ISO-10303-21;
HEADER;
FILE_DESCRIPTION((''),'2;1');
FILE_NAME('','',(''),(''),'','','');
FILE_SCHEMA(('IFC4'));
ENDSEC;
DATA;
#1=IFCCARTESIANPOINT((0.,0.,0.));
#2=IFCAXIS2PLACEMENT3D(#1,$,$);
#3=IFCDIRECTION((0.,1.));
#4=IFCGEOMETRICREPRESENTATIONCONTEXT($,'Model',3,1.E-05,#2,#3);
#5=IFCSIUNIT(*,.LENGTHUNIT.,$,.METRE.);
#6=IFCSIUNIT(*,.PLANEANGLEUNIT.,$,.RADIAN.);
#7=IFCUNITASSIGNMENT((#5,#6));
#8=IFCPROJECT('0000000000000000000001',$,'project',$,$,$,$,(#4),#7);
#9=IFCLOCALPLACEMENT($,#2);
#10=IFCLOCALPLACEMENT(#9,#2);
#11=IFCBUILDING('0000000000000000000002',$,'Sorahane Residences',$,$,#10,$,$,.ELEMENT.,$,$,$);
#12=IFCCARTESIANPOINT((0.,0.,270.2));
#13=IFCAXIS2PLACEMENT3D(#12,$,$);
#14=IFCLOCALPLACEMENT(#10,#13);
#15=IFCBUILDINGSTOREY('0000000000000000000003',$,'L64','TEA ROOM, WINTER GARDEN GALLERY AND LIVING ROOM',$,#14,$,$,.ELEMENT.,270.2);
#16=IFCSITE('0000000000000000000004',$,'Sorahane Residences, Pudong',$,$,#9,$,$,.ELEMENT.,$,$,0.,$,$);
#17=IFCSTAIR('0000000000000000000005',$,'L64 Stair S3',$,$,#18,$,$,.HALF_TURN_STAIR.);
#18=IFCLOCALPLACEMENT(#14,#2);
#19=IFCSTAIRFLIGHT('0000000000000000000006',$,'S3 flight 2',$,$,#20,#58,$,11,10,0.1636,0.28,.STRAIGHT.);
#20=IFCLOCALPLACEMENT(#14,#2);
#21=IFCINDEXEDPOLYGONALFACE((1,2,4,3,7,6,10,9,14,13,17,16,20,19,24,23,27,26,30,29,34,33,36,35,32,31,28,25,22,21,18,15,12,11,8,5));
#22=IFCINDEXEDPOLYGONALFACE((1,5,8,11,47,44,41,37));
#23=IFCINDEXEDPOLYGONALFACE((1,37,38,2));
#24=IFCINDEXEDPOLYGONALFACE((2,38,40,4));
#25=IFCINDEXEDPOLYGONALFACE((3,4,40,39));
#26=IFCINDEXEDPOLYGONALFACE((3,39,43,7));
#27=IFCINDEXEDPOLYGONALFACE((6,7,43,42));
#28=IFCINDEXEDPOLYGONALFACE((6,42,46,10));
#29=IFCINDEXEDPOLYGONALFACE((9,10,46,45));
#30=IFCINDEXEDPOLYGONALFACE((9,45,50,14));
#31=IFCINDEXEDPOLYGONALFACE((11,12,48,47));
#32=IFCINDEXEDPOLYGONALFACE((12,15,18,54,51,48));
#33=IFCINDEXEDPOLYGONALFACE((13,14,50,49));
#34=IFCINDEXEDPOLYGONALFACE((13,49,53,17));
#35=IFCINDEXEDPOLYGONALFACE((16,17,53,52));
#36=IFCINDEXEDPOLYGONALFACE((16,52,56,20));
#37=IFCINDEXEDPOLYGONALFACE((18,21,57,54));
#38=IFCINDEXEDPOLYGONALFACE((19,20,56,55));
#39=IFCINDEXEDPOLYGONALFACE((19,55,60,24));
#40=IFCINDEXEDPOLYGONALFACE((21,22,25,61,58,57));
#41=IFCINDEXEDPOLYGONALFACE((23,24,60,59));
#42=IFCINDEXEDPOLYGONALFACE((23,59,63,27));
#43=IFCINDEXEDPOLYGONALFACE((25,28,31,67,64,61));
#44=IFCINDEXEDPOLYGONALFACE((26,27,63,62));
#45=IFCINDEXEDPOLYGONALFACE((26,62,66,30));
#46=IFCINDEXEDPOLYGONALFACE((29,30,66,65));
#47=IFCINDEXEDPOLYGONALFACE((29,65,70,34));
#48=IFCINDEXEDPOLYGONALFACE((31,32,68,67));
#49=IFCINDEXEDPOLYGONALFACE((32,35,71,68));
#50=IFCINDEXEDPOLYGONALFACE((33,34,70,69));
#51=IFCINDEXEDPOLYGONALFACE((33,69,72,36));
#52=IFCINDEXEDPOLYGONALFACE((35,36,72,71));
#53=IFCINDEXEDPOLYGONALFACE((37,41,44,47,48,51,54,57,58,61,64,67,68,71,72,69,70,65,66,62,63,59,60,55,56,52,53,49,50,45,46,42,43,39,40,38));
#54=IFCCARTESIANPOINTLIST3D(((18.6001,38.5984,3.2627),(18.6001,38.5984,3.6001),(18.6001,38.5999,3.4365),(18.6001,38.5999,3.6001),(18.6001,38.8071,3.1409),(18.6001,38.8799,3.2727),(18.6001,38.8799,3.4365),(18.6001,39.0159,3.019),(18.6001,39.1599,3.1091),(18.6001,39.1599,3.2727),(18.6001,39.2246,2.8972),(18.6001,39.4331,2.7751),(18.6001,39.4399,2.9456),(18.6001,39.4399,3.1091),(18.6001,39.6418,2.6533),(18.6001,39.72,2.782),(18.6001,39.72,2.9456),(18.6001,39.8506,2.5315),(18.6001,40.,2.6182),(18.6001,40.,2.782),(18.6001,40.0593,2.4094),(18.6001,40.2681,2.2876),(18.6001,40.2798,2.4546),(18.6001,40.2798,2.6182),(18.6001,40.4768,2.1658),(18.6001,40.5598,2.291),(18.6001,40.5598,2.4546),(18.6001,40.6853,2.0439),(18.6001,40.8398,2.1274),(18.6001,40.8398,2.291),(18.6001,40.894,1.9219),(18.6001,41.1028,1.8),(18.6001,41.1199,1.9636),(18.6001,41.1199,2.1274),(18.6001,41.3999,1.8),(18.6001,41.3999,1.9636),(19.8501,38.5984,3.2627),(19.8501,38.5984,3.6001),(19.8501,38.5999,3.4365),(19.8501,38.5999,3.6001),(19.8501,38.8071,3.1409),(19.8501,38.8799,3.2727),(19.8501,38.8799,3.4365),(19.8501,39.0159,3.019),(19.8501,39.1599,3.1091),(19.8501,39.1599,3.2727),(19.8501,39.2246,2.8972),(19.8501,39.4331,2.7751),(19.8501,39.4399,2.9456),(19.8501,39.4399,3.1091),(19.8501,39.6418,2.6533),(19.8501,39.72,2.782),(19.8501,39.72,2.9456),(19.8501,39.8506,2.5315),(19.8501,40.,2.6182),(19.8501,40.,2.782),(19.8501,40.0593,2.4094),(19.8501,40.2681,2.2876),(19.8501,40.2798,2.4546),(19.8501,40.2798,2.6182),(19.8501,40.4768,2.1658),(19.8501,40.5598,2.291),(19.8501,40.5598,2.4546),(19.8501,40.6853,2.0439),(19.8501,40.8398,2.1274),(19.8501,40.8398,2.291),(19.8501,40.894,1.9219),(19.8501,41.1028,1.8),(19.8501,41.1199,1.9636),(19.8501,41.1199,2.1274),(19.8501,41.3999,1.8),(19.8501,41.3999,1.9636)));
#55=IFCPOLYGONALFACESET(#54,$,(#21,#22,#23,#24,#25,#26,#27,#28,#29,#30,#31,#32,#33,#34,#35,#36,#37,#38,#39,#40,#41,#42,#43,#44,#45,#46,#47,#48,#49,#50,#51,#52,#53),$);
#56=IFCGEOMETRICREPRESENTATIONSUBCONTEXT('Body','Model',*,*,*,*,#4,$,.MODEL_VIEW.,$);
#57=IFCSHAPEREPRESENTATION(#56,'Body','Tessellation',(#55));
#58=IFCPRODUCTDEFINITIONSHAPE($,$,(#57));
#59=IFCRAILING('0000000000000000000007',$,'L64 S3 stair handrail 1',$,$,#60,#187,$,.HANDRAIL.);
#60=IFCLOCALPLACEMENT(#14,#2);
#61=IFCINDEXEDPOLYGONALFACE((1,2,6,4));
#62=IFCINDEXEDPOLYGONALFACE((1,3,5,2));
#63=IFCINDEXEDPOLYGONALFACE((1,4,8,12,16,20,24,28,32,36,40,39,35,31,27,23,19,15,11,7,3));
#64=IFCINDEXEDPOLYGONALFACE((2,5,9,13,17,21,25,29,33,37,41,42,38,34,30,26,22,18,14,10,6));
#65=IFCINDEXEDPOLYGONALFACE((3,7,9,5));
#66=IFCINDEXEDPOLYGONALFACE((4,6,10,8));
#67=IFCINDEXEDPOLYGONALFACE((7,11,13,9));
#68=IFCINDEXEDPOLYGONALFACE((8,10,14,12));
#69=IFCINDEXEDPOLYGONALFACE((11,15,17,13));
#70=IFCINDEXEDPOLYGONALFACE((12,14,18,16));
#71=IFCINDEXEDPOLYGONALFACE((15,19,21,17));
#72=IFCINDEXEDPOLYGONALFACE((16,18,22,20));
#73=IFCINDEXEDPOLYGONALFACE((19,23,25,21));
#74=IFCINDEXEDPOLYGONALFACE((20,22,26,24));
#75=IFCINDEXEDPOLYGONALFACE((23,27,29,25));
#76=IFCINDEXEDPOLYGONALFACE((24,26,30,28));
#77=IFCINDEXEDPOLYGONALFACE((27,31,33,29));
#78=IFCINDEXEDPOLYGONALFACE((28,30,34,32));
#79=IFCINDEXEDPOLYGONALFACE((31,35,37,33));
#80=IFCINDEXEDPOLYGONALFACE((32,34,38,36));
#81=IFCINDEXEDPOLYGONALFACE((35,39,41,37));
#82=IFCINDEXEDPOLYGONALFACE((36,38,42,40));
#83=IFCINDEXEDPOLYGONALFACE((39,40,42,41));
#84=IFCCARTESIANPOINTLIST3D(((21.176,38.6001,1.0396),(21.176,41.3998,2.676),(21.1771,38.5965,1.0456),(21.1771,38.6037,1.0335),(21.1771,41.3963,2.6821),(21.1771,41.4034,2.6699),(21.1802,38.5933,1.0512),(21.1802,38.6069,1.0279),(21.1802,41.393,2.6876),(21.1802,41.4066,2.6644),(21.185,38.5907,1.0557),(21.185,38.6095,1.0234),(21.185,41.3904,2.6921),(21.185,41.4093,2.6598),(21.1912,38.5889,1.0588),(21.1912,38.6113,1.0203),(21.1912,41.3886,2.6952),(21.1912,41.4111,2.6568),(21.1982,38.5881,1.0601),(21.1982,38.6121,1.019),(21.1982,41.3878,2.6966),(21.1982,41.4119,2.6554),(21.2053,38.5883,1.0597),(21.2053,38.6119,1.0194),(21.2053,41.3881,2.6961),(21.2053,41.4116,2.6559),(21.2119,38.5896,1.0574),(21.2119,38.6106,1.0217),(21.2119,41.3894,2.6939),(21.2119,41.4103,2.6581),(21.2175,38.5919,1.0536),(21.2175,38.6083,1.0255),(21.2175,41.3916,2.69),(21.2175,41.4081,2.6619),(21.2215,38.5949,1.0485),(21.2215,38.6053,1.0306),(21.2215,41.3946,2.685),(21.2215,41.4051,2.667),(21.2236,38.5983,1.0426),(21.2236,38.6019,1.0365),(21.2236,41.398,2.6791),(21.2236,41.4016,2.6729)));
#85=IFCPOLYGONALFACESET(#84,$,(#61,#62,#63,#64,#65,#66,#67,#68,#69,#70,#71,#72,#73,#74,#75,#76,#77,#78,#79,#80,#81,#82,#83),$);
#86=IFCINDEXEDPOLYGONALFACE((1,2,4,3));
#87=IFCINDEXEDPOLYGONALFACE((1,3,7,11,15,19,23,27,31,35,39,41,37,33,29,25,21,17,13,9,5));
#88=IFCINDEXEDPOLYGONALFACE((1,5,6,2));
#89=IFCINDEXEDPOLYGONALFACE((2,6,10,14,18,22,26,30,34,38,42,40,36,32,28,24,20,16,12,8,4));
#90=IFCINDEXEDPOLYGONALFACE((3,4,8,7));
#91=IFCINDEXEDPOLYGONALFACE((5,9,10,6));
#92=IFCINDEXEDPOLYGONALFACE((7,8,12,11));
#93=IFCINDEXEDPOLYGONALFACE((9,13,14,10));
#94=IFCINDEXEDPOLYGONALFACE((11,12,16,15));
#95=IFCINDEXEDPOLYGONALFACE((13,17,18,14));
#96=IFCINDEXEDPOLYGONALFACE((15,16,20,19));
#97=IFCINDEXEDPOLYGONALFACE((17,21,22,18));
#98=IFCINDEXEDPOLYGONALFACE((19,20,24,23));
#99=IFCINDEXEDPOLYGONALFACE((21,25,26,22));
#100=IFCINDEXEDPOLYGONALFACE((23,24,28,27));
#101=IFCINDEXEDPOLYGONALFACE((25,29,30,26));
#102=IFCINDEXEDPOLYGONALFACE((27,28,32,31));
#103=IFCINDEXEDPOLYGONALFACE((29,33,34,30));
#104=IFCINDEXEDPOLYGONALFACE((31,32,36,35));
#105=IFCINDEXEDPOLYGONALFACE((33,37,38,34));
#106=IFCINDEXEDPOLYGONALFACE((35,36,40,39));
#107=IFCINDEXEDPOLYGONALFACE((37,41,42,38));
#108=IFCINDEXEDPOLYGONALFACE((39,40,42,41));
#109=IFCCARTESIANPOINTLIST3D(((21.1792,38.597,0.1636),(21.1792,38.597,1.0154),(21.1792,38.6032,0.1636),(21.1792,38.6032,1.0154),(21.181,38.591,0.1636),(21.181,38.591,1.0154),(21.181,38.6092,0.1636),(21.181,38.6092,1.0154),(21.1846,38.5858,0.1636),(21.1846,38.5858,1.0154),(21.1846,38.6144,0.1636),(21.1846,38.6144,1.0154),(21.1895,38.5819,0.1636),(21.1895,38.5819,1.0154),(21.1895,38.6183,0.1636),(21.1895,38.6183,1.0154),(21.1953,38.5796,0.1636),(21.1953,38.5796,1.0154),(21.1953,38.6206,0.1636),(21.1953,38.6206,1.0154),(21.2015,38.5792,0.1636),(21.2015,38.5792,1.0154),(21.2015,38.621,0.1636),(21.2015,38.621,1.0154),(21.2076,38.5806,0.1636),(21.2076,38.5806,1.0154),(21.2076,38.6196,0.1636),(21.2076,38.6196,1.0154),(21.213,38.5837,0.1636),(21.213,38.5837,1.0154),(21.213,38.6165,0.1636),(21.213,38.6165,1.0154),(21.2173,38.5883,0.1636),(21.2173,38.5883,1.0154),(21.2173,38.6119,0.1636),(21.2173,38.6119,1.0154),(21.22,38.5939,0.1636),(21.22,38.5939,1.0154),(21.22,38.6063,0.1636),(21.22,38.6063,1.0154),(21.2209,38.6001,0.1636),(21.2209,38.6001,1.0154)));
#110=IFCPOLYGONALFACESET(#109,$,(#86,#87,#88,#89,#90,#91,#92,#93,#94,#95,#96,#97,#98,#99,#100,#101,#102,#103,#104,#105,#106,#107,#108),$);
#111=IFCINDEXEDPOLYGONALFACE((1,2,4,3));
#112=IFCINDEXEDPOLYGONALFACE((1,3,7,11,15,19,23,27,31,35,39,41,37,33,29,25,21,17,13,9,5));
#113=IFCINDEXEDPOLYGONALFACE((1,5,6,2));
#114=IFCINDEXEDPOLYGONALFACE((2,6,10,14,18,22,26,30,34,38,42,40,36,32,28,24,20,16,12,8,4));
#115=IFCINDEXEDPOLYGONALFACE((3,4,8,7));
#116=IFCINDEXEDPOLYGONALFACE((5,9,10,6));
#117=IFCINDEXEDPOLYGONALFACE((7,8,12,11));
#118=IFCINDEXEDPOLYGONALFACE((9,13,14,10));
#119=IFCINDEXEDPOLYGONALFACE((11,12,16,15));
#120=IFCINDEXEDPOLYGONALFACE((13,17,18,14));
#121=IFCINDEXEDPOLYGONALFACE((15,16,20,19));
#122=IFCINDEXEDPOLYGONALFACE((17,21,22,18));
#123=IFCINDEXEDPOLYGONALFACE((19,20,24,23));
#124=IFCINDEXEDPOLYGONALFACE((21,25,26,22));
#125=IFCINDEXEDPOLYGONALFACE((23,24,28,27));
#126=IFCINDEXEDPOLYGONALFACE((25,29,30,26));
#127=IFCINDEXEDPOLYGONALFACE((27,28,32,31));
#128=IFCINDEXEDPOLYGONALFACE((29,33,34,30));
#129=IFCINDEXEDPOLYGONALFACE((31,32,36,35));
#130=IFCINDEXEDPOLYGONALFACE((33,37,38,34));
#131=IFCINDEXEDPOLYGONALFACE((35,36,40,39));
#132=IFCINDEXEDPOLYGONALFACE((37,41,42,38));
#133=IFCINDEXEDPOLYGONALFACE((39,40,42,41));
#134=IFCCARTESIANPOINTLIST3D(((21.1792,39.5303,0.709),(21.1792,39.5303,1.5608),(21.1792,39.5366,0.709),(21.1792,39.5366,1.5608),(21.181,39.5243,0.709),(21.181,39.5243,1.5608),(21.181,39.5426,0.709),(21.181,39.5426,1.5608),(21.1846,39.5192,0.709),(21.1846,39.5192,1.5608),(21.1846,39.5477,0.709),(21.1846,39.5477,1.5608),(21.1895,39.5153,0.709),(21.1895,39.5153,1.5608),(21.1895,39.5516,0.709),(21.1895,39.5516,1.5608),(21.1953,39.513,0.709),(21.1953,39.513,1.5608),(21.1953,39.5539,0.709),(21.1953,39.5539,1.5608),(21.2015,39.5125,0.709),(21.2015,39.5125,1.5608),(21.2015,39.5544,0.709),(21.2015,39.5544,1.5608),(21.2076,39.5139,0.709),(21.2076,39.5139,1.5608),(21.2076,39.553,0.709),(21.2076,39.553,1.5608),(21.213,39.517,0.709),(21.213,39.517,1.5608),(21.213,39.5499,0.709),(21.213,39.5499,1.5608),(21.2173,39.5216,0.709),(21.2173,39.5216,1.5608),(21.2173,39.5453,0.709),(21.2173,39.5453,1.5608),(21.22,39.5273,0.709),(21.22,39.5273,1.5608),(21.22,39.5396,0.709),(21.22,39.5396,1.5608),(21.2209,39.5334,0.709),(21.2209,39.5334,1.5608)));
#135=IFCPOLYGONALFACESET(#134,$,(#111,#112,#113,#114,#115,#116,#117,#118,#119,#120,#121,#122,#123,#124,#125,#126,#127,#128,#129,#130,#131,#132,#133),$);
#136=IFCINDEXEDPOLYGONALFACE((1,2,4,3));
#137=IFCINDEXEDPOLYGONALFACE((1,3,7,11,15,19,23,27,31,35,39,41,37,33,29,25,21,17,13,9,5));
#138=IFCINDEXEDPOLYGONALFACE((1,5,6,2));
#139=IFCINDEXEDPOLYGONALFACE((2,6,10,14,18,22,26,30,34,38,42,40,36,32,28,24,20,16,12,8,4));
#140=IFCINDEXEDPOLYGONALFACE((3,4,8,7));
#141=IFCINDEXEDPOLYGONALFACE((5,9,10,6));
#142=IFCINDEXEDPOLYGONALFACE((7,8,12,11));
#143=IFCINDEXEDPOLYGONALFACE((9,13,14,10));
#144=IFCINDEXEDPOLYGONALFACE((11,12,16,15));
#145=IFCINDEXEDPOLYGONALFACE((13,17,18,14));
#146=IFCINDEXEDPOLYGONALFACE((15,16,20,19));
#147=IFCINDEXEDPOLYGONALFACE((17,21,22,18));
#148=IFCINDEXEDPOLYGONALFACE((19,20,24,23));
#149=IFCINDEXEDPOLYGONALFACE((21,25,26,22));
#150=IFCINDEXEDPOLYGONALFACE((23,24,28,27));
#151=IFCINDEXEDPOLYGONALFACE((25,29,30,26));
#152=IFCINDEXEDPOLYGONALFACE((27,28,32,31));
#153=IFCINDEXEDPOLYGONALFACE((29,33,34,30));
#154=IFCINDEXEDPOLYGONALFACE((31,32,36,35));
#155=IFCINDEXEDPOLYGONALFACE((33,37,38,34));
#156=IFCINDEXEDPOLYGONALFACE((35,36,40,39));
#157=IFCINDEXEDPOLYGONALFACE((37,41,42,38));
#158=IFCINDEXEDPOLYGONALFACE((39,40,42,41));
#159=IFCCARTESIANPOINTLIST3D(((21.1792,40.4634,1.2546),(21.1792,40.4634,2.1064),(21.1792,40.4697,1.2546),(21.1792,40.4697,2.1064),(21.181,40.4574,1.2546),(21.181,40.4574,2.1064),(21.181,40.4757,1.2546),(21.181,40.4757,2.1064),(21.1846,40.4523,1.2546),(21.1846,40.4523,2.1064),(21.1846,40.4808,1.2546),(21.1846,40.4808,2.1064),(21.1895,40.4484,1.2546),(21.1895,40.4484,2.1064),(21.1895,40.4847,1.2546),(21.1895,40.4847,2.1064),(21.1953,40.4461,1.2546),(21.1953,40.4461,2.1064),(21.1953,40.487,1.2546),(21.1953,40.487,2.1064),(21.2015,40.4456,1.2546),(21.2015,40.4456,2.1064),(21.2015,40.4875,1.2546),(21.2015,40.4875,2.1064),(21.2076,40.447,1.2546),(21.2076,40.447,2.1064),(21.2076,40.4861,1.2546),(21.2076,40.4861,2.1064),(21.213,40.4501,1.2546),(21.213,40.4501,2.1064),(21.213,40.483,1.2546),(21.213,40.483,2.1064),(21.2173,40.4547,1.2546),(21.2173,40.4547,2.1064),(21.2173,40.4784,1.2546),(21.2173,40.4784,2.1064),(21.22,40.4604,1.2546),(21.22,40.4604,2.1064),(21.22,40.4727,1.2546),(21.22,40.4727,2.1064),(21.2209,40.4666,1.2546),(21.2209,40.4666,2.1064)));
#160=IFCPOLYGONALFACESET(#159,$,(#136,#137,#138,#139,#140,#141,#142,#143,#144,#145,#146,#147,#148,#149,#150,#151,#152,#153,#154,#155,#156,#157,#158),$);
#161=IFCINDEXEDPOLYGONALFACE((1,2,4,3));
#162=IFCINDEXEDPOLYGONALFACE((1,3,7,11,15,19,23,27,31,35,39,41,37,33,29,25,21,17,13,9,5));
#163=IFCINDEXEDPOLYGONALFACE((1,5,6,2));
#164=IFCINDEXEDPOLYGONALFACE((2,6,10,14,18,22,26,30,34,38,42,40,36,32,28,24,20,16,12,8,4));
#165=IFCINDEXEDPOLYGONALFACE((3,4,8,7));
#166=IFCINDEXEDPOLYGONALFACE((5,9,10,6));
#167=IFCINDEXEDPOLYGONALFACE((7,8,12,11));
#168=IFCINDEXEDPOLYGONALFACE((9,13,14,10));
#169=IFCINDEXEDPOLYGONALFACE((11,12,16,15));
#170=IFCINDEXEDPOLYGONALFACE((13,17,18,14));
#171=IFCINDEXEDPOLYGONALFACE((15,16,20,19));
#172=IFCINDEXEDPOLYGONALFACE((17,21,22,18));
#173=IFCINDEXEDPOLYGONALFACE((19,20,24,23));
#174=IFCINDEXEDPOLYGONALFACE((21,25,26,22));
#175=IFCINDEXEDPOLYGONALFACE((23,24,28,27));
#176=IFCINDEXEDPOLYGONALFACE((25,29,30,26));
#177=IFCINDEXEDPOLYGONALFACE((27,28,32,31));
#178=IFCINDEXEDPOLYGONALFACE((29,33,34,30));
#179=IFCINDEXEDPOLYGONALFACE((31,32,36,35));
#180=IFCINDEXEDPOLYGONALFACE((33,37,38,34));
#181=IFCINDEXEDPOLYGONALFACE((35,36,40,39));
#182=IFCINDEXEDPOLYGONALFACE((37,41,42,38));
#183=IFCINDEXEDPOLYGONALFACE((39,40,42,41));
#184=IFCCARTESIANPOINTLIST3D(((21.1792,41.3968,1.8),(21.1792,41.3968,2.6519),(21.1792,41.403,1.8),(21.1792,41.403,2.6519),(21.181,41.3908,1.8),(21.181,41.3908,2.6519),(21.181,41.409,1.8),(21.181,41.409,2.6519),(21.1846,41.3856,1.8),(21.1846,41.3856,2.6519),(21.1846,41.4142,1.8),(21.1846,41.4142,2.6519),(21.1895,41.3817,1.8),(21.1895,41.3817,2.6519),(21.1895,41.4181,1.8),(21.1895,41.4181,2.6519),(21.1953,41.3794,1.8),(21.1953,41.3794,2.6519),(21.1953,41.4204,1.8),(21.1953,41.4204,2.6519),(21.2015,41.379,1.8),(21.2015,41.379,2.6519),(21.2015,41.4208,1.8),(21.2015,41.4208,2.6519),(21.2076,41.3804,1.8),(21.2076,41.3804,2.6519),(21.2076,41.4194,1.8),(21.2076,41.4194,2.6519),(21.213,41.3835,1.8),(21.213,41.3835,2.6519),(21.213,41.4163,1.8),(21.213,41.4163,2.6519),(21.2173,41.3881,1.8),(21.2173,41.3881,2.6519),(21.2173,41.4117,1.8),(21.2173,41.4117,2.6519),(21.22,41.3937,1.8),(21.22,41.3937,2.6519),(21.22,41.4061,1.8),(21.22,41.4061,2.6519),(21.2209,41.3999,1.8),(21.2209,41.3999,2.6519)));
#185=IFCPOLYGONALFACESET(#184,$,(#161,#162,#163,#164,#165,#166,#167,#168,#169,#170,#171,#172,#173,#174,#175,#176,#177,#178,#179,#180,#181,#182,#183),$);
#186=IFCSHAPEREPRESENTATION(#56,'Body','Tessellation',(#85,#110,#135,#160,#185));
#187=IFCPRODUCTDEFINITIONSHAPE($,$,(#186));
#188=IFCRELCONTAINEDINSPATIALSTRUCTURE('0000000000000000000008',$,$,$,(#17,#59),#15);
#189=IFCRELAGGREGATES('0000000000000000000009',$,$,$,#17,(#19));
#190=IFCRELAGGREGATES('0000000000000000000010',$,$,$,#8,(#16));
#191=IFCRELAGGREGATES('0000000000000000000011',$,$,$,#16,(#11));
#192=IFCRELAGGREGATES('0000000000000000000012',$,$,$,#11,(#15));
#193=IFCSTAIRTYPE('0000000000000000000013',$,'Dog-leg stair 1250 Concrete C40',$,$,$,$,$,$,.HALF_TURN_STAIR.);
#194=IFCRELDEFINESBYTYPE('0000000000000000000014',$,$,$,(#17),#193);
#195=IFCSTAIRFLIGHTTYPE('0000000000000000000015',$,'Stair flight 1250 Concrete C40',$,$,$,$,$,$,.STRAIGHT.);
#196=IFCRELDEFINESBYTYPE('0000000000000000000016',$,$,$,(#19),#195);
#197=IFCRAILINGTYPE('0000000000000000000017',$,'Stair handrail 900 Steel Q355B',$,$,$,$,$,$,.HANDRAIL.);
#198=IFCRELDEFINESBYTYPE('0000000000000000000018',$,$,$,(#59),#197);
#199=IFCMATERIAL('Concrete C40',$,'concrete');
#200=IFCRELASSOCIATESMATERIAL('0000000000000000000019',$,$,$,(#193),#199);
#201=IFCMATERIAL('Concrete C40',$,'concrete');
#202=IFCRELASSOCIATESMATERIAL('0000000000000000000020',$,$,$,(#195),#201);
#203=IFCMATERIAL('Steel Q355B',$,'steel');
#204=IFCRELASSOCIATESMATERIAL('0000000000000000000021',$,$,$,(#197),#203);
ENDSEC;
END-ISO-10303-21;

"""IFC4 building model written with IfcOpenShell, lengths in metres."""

from ifc_helpers import new_model, si_unit, direction, frame, origin, origin_2d, place, context, subcontext, project, spatial, polyline, circle, outline, extrude, material, type_object, element, aggregate, save


model = new_model("IFC4")

# Units and contexts
model_context = context("Model", 3, precision=1e-05, world=origin(), true_north=direction((0.0, 1.0)))
body_context = subcontext(model_context, "Body", "Model", "MODEL_VIEW")
ifc_project = project(units=[si_unit("LENGTHUNIT", "METRE"), si_unit("PLANEANGLEUNIT", "RADIAN")], contexts=[model_context])

# Site, building, storey
site_placement = place(None, origin())
site = spatial("IfcSite", under=ifc_project, at=site_placement, Name="Sorahane Residences, Pudong", CompositionType="ELEMENT", RefElevation=0.0)
building_placement = place(site_placement, origin())
building = spatial("IfcBuilding", under=site, at=building_placement, Name="Sorahane Residences", CompositionType="ELEMENT")
storey_placement = place(building_placement, frame((0.0, 0.0, 270.2)))
storey = spatial("IfcBuildingStorey", under=building, at=storey_placement, Name="L64", Description="TEA ROOM, WINTER GARDEN GALLERY AND LIVING ROOM", CompositionType="ELEMENT", Elevation=270.2)

# Stair, stair flight
ifc_material_1 = material(Name="Concrete C40", Category="concrete")
stair_type = type_object("IfcStairType", Name="Dog-leg stair 1250 Concrete C40", PredefinedType="HALF_TURN_STAIR", material=ifc_material_1)
stair_placement = place(storey_placement, origin())
stair = element("IfcStair", 1, at=stair_placement, inside=storey, type_object=stair_type, Name="L64 Stair S3", PredefinedType="HALF_TURN_STAIR")
ifc_material_2 = material(Name="Concrete C40", Category="concrete")
stair_flight_type = type_object("IfcStairFlightType", Name="Stair flight 1250 Concrete C40", PredefinedType="STRAIGHT", material=ifc_material_2)
stair_flight_1_placement = place(storey_placement, frame((19.2251, 41.3999, 1.8), z_axis=(0.0, 0.0, 1.0), x_axis=(0.0, -1.0, 0.0)))
stair_flight_1 = element("IfcStairFlight", 2, at=stair_flight_1_placement, type_object=stair_flight_type, Name="S3 flight 2", NumberOfRisers=11, NumberOfTreads=10, PredefinedType="STRAIGHT", RiserHeight=0.1636, TreadLength=0.28, context=body_context, shape_type="SweptSolid", body=[
    extrude(outline(polyline([(0.0, 0.0), (0.0, 0.1636), (0.28, 0.1636), (0.28, 0.3274), (0.5601, 0.3274), (0.5601, 0.491), (0.8401, 0.491), (0.8401, 0.6545), (1.1201, 0.6545), (1.1201, 0.8181), (1.3999, 0.8181), (1.3999, 0.9819), (1.6799, 0.9819), (1.6799, 1.1455), (1.96, 1.1455), (1.96, 1.3091), (2.24, 1.3091), (2.24, 1.4727), (2.52, 1.4727), (2.52, 1.6365), (2.8, 1.6365), (2.8, 1.8), (2.8015, 1.8), (2.8015, 1.4626), (2.5928, 1.3408), (2.384, 1.219), (2.1753, 1.0972), (1.9668, 0.9751), (1.7581, 0.8533), (1.5493, 0.7314), (1.3406, 0.6094), (1.1318, 0.4875), (0.9231, 0.3657), (0.7146, 0.2439), (0.5059, 0.1218), (0.2971, 0.0), (0.0, 0.0)])), frame((0.0, 0.625, 0.0), z_axis=(0.0, -1.0, 0.0), x_axis=(1.0, 0.0, 0.0)), (0.0, 0.0, 1.0), 1.25),
])
aggregate(stair, [stair_flight_1])

# Railing
ifc_material_3 = material(Name="Steel Q355B", Category="steel")
railing_type_1 = type_object("IfcRailingType", Name="Stair handrail 900 Steel Q355B", PredefinedType="HANDRAIL", material=ifc_material_3)
railing_1_placement = place(storey_placement, frame((21.2, 38.6001, 0.1636)))
element("IfcRailing", 3, at=railing_1_placement, inside=storey, type_object=railing_type_1, Name="L64 S3 stair handrail 1", PredefinedType="HANDRAIL", context=body_context, shape_type="SweptSolid", body=[
    extrude(circle(Radius=0.0239, at=origin_2d()), frame((0.0, 0.0, 0.876), z_axis=(0.0, 0.863342, 0.50462), x_axis=(-1.0, 0.0, 0.0)), (0.0, 0.0, 1.0), 3.2429),
    extrude(circle(Radius=0.021, at=origin_2d()), origin(), (0.0, 0.0, 1.0), 0.8518),
    extrude(circle(Radius=0.021, at=origin_2d()), frame((0.0, 0.9333, 0.5454)), (0.0, 0.0, 1.0), 0.8518),
    extrude(circle(Radius=0.021, at=origin_2d()), frame((0.0, 1.8665, 1.0911)), (0.0, 0.0, 1.0), 0.8518),
    extrude(circle(Radius=0.021, at=origin_2d()), frame((0.0, 2.7998, 1.6365)), (0.0, 0.0, 1.0), 0.8518),
])

save(model, "model.ifc")
